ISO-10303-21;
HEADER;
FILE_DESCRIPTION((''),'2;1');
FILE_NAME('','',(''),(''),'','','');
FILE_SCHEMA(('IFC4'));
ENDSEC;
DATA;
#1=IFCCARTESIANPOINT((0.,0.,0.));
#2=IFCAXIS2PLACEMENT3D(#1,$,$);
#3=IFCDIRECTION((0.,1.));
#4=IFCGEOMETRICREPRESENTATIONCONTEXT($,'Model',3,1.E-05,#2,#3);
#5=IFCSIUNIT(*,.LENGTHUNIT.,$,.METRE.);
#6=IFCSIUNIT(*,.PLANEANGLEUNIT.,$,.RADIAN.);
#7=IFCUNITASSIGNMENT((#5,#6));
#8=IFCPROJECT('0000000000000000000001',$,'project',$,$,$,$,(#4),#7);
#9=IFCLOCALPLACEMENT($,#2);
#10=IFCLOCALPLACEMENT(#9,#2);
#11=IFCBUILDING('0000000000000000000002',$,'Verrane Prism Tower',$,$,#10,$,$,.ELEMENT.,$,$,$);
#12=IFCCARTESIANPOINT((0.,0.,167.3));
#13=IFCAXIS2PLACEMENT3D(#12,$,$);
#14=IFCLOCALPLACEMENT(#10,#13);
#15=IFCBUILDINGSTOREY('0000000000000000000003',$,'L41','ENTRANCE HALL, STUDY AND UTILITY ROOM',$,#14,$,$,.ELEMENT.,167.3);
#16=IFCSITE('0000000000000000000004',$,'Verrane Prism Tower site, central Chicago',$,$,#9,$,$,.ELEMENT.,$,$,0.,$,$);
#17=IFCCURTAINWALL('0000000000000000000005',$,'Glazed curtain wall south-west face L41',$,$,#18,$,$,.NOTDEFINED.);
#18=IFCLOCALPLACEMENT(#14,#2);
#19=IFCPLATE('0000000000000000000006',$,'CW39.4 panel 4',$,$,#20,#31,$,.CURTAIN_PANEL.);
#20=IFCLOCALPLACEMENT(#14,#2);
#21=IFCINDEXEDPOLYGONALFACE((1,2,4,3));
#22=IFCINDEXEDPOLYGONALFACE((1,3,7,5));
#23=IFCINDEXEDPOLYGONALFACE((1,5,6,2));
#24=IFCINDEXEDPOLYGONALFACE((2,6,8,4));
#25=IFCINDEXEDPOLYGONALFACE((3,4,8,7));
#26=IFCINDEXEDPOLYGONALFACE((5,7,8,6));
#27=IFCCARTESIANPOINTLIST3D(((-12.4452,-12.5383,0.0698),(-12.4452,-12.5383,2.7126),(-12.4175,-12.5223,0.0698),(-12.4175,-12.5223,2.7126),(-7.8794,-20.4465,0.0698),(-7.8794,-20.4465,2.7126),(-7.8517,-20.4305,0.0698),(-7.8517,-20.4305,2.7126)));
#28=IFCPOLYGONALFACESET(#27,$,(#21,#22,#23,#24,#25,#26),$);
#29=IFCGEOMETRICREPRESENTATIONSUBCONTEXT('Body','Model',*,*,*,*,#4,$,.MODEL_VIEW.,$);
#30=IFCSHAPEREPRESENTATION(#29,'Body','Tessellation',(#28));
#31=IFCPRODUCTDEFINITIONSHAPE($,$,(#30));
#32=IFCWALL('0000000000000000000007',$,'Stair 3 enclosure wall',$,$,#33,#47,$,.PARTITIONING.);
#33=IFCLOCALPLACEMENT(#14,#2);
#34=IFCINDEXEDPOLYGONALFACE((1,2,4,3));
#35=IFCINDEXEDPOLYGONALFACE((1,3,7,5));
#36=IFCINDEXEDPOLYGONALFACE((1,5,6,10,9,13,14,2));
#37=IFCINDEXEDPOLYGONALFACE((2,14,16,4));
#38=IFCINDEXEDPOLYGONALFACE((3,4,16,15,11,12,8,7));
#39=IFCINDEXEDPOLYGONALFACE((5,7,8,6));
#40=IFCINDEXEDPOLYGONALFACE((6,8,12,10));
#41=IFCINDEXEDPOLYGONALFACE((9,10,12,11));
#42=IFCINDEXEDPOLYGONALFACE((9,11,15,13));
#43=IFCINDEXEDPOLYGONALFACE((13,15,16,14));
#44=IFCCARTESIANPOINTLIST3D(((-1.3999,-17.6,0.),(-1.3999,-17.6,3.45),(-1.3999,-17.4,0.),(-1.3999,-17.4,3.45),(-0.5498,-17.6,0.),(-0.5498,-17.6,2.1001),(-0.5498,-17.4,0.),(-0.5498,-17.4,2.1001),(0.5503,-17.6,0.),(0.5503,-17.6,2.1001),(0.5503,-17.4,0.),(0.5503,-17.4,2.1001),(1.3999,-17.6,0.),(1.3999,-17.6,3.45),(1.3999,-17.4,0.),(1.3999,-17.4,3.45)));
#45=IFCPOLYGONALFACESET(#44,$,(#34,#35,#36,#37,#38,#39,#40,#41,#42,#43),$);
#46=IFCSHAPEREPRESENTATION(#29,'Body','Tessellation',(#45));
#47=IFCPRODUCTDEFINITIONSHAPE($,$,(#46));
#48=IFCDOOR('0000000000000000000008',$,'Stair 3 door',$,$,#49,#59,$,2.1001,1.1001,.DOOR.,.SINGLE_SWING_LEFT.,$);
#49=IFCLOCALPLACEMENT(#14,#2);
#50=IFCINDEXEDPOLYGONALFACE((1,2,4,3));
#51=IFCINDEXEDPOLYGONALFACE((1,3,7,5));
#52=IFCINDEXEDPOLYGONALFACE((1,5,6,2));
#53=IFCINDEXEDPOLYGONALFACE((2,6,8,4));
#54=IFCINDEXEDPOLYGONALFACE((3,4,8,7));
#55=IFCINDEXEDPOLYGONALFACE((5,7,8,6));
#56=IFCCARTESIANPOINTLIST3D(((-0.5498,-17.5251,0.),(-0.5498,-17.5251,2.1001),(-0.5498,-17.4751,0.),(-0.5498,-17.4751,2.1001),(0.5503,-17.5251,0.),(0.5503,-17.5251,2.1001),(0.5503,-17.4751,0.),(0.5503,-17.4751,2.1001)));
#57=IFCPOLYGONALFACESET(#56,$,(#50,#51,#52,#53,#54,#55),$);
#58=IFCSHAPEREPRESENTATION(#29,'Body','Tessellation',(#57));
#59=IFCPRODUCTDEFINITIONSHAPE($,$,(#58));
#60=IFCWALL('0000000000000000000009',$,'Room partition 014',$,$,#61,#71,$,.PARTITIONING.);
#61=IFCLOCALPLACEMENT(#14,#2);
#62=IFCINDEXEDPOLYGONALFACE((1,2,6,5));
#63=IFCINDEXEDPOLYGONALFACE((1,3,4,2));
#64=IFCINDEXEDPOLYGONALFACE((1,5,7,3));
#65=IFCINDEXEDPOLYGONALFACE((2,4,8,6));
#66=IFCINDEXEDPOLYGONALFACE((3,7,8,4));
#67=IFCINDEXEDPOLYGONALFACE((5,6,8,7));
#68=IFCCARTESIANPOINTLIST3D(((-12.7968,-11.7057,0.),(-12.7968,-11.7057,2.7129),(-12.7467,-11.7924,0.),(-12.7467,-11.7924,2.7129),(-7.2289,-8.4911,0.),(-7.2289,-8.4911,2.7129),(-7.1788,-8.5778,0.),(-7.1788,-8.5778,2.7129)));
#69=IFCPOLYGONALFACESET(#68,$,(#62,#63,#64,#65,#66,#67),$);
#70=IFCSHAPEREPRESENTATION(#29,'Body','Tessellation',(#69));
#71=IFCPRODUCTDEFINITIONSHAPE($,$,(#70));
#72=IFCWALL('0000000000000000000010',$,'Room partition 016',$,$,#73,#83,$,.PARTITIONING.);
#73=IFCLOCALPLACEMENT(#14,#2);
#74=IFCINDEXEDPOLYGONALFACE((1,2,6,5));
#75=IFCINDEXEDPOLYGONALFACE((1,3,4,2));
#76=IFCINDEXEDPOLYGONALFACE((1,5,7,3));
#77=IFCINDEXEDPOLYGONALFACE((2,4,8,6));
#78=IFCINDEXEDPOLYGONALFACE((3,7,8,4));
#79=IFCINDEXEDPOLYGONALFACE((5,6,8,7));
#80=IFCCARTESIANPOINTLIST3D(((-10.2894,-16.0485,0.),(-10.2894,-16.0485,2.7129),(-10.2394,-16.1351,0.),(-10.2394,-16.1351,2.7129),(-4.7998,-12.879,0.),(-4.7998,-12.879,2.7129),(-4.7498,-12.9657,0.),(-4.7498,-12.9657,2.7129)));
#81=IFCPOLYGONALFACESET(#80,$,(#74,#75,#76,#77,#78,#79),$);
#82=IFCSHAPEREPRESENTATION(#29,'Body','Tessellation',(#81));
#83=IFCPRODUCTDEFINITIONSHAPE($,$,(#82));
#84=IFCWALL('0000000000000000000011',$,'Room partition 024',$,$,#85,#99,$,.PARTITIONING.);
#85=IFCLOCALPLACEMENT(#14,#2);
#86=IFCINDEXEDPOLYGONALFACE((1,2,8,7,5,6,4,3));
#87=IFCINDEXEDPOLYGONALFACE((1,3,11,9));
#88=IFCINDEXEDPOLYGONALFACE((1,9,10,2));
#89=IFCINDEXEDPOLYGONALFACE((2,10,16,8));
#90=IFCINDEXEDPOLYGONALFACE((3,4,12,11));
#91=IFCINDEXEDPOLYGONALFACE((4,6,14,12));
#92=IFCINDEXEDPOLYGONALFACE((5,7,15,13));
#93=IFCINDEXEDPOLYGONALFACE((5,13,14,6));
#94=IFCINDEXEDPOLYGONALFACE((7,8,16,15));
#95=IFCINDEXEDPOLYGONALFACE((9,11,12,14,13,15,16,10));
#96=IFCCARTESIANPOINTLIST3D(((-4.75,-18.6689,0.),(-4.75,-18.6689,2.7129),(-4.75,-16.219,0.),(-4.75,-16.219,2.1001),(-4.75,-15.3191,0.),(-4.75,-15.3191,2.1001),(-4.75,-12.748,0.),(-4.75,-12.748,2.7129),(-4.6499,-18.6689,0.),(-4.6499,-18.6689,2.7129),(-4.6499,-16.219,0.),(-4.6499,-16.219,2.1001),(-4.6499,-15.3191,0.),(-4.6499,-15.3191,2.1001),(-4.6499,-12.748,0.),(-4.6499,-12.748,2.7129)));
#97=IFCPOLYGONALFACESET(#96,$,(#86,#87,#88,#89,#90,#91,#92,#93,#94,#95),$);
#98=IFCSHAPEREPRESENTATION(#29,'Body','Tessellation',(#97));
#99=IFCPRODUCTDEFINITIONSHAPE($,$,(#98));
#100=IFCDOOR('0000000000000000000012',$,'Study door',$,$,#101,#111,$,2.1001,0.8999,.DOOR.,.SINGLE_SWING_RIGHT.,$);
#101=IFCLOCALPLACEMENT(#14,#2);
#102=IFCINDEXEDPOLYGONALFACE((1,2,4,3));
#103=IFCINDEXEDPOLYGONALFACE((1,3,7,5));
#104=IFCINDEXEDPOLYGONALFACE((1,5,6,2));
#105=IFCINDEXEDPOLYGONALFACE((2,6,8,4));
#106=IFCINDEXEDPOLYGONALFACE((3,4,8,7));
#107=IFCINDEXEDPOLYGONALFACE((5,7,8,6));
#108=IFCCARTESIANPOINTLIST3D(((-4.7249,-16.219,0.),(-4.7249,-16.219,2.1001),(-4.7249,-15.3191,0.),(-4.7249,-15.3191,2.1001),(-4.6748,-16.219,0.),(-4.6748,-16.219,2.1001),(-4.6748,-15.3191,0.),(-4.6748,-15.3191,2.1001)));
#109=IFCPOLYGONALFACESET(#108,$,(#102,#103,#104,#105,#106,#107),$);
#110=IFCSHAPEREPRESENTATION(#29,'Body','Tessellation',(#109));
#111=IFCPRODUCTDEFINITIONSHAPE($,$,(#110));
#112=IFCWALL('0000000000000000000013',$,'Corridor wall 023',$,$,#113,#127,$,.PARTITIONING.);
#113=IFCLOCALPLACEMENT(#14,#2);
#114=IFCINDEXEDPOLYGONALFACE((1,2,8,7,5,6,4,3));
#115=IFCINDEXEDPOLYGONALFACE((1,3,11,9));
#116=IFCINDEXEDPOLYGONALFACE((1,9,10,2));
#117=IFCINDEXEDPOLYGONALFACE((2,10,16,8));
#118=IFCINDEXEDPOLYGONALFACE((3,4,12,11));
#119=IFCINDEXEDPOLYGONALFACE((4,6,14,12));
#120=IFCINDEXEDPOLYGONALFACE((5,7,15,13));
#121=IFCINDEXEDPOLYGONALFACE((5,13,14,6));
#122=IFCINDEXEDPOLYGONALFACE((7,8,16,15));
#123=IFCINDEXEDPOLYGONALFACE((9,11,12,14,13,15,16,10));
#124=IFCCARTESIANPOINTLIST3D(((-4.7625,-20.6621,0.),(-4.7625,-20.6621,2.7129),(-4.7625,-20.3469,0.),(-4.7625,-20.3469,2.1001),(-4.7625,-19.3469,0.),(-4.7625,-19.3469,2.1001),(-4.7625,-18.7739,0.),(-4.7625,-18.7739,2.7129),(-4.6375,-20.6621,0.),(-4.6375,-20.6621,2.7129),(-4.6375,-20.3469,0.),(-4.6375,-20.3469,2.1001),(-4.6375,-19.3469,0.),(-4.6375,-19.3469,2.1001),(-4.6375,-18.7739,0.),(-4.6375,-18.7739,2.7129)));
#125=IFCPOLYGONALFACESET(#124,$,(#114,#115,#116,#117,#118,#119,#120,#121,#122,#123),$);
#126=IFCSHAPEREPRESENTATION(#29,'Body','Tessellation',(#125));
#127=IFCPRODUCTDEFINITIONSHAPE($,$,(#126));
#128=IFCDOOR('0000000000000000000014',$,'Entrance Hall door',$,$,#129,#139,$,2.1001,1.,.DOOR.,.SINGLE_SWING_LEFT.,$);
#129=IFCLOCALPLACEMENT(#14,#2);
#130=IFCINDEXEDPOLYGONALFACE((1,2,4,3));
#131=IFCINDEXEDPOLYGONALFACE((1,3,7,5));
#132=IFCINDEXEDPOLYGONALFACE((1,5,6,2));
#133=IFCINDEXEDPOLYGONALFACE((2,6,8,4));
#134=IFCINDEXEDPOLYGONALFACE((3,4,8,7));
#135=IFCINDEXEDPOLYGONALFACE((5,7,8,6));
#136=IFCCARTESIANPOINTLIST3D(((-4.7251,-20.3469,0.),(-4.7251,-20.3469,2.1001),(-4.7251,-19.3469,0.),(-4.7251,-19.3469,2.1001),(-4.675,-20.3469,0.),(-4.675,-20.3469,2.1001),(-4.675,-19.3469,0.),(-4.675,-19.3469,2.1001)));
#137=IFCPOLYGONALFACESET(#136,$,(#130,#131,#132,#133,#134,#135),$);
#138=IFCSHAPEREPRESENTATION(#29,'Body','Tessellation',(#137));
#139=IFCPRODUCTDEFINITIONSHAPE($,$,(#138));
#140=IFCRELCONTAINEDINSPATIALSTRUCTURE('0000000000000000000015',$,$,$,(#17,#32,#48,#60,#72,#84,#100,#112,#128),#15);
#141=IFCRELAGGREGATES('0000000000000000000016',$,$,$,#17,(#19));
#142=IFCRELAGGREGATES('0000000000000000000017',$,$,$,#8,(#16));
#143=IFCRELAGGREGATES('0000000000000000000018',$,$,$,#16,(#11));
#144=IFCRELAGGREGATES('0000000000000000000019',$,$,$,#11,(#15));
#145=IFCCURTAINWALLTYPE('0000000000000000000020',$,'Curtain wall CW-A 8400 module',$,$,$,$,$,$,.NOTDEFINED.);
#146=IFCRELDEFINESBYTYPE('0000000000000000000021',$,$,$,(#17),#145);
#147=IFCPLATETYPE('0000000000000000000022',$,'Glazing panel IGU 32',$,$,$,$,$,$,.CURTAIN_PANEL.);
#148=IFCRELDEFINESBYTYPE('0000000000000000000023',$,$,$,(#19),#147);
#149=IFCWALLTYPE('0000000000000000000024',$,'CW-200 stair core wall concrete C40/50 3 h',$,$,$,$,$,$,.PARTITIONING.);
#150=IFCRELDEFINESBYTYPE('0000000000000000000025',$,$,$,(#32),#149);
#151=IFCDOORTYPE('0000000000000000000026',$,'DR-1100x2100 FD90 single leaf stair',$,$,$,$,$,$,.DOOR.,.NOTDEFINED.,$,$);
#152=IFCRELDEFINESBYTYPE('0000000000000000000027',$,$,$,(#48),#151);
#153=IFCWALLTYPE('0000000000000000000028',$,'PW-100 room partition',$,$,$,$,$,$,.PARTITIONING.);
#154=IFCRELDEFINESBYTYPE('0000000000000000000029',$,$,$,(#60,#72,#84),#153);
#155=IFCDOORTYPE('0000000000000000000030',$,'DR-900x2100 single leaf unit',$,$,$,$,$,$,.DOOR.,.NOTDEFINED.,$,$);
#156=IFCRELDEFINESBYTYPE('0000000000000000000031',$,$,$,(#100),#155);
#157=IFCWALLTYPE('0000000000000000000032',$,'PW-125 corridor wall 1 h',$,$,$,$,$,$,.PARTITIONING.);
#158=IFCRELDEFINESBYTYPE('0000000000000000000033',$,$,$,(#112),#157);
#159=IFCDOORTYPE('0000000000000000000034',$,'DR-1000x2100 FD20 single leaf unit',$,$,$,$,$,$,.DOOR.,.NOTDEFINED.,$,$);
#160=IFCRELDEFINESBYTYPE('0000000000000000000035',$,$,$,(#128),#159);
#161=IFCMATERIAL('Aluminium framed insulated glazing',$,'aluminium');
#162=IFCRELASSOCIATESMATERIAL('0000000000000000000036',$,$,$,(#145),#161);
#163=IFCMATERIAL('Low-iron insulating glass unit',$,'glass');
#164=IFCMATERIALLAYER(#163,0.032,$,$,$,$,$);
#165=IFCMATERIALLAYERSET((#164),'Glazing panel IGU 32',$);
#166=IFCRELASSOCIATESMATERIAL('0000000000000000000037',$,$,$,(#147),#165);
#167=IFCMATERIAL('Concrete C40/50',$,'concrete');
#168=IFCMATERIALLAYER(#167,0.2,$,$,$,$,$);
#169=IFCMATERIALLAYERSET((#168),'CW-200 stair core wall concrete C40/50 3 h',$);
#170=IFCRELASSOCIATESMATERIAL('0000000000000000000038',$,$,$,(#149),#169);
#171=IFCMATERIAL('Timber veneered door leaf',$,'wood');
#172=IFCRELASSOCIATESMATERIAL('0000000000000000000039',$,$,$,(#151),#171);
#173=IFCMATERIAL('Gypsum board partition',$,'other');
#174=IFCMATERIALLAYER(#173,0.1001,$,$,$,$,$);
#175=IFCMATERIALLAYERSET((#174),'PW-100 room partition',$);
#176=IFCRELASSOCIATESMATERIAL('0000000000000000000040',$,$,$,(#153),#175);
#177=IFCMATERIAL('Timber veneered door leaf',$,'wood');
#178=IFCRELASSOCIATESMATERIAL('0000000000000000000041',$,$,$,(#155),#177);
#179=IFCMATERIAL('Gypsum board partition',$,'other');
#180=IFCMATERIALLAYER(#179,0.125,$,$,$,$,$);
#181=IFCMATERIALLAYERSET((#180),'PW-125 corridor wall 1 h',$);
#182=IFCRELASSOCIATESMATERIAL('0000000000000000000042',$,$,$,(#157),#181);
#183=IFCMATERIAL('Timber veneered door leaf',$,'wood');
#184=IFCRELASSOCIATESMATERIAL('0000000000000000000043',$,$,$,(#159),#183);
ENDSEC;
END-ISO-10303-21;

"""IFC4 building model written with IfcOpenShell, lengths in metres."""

from ifc_helpers import new_model, si_unit, direction, frame, frame_2d, origin, origin_2d, place, context, subcontext, project, spatial, rectangle, extrude, material, layer, layer_set, type_object, element, fill, aggregate, save


model = new_model("IFC4")

# Units and contexts
model_context = context("Model", 3, precision=1e-05, world=origin(), true_north=direction((0.0, 1.0)))
body_context = subcontext(model_context, "Body", "Model", "MODEL_VIEW")
ifc_project = project(units=[si_unit("LENGTHUNIT", "METRE"), si_unit("PLANEANGLEUNIT", "RADIAN")], contexts=[model_context])

# Site, building, storey
site_placement = place(None, origin())
site = spatial("IfcSite", under=ifc_project, at=site_placement, Name="Verrane Prism Tower site, central Chicago", CompositionType="ELEMENT", RefElevation=0.0)
building_placement = place(site_placement, origin())
building = spatial("IfcBuilding", under=site, at=building_placement, Name="Verrane Prism Tower", CompositionType="ELEMENT")
storey_placement = place(building_placement, frame((0.0, 0.0, 167.3)))
storey = spatial("IfcBuildingStorey", under=building, at=storey_placement, Name="L41", Description="ENTRANCE HALL, STUDY AND UTILITY ROOM", CompositionType="ELEMENT", Elevation=167.3)

# Curtain wall
ifc_material_1 = material(Name="Aluminium framed insulated glazing", Category="aluminium")
curtain_wall_type = type_object("IfcCurtainWallType", Name="Curtain wall CW-A 8400 module", PredefinedType="NOTDEFINED", material=ifc_material_1)
curtain_wall_placement = place(storey_placement, origin())
curtain_wall = element("IfcCurtainWall", 1, at=curtain_wall_placement, inside=storey, type_object=curtain_wall_type, Name="Glazed curtain wall south-west face L41", PredefinedType="NOTDEFINED")

# Plate
ifc_material_2 = material(Name="Low-iron insulating glass unit", Category="glass")
ifc_layer_1 = layer(ifc_material_2, 0.032)
ifc_layer_set_1 = layer_set([ifc_layer_1], Name="Glazing panel IGU 32")
plate_type = type_object("IfcPlateType", Name="Glazing panel IGU 32", PredefinedType="CURTAIN_PANEL", material=ifc_layer_set_1)
plate_placement = place(storey_placement, frame((-10.1484, -16.4844, 0.0698), z_axis=(0.0, 0.0, 1.0), x_axis=(0.499999, -0.866026, 0.0)))
plate = element("IfcPlate", 2, at=plate_placement, type_object=plate_type, Name="CW39.4 panel 4", PredefinedType="CURTAIN_PANEL", context=body_context, shape_type="SweptSolid", body=[
    extrude(rectangle(XDim=9.1316, YDim=0.032, at=origin_2d()), origin(), (0.0, 0.0, 1.0), 2.6428),
])
aggregate(curtain_wall, [plate])

# Wall, opening, door
ifc_material_3 = material(Name="Concrete C40/50", Category="concrete")
ifc_layer_2 = layer(ifc_material_3, 0.2)
ifc_layer_set_2 = layer_set([ifc_layer_2], Name="CW-200 stair core wall concrete C40/50 3 h")
wall_type_1 = type_object("IfcWallType", Name="CW-200 stair core wall concrete C40/50 3 h", PredefinedType="PARTITIONING", material=ifc_layer_set_2)
wall_1_placement = place(storey_placement, frame((-1.3999, -17.5, 0.0), z_axis=(0.0, 0.0, 1.0), x_axis=(1.0, 0.0, 0.0)))
wall_1 = element("IfcWall", 3, at=wall_1_placement, inside=storey, type_object=wall_type_1, Name="Stair 3 enclosure wall", PredefinedType="PARTITIONING", context=body_context, shape_type="SweptSolid", body=[
    extrude(rectangle(XDim=2.7998, YDim=0.2, at=frame_2d((1.3999, 0.0))), origin(), (0.0, 0.0, 1.0), 3.45),
])
opening_1_placement = place(wall_1_placement, frame((0.8501, 0.0, 0.0)))
opening_1 = element("IfcOpeningElement", 4, at=opening_1_placement, cuts=wall_1, PredefinedType="OPENING", context=body_context, shape_type="SweptSolid", body=[
    extrude(rectangle(XDim=1.1001, YDim=2.1001, at=frame_2d((0.55, 1.05))), frame((0.0, 0.1099, 0.0), z_axis=(0.0, -1.0, 0.0), x_axis=(1.0, 0.0, 0.0)), (0.0, 0.0, 1.0), 0.22),
])
ifc_material_4 = material(Name="Timber veneered door leaf", Category="wood")
door_type_1 = type_object("IfcDoorType", Name="DR-1100x2100 FD90 single leaf stair", OperationType="NOTDEFINED", PredefinedType="DOOR", material=ifc_material_4)
door_1_placement = place(opening_1_placement, origin())
door_1 = element("IfcDoor", 5, at=door_1_placement, inside=storey, type_object=door_type_1, Name="Stair 3 door", OperationType="SINGLE_SWING_LEFT", OverallHeight=2.1001, OverallWidth=1.1001, PredefinedType="DOOR", context=body_context, shape_type="SweptSolid", body=[
    extrude(rectangle(XDim=1.1001, YDim=2.1001, at=frame_2d((0.55, 1.05))), frame((0.0, 0.0249, 0.0), z_axis=(0.0, -1.0, 0.0), x_axis=(1.0, 0.0, 0.0)), (0.0, 0.0, 1.0), 0.05),
])
fill(opening_1, door_1)

# Walls
ifc_material_5 = material(Name="Gypsum board partition", Category="other")
ifc_layer_3 = layer(ifc_material_5, 0.1001)
ifc_layer_set_3 = layer_set([ifc_layer_3], Name="PW-100 room partition")
wall_type_2 = type_object("IfcWallType", Name="PW-100 room partition", PredefinedType="PARTITIONING", material=ifc_layer_set_3)
wall_2_placement = place(storey_placement, frame((-12.7717, -11.749, 0.0), z_axis=(0.0, 0.0, 1.0), x_axis=(0.866026, 0.499999, 0.0)))
element("IfcWall", 6, at=wall_2_placement, inside=storey, type_object=wall_type_2, Name="Room partition 014", PredefinedType="PARTITIONING", context=body_context, shape_type="SweptSolid", body=[
    extrude(rectangle(XDim=6.4292, YDim=0.1001, at=frame_2d((3.2146, 0.0))), origin(), (0.0, 0.0, 1.0), 2.7129),
])
wall_3_placement = place(storey_placement, frame((-10.2644, -16.0918, 0.0), z_axis=(0.0, 0.0, 1.0), x_axis=(0.866021, 0.500008, 0.0)))
element("IfcWall", 7, at=wall_3_placement, inside=storey, type_object=wall_type_2, Name="Room partition 016", PredefinedType="PARTITIONING", context=body_context, shape_type="SweptSolid", body=[
    extrude(rectangle(XDim=6.3389, YDim=0.1001, at=frame_2d((3.1694, 0.0))), origin(), (0.0, 0.0, 1.0), 2.7129),
])

# Walls, openings, doors
wall_4_placement = place(storey_placement, frame((-4.7, -18.6689, 0.0), z_axis=(0.0, 0.0, 1.0), x_axis=(0.0, 1.0, 0.0)))
wall_4 = element("IfcWall", 8, at=wall_4_placement, inside=storey, type_object=wall_type_2, Name="Room partition 024", PredefinedType="PARTITIONING", context=body_context, shape_type="SweptSolid", body=[
    extrude(rectangle(XDim=5.9209, YDim=0.1001, at=frame_2d((2.9604, 0.0))), origin(), (0.0, 0.0, 1.0), 2.7129),
])
opening_2_placement = place(wall_4_placement, frame((2.45, 0.0, 0.0)))
opening_2 = element("IfcOpeningElement", 9, at=opening_2_placement, cuts=wall_4, PredefinedType="OPENING", context=body_context, shape_type="SweptSolid", body=[
    extrude(rectangle(XDim=0.8999, YDim=2.1001, at=frame_2d((0.45, 1.05))), frame((0.0, 0.0601, 0.0), z_axis=(0.0, -1.0, 0.0), x_axis=(1.0, 0.0, 0.0)), (0.0, 0.0, 1.0), 0.1201),
])
ifc_material_6 = material(Name="Timber veneered door leaf", Category="wood")
door_type_2 = type_object("IfcDoorType", Name="DR-900x2100 single leaf unit", OperationType="NOTDEFINED", PredefinedType="DOOR", material=ifc_material_6)
door_2_placement = place(opening_2_placement, origin())
door_2 = element("IfcDoor", 10, at=door_2_placement, inside=storey, type_object=door_type_2, Name="Study door", OperationType="SINGLE_SWING_RIGHT", OverallHeight=2.1001, OverallWidth=0.8999, PredefinedType="DOOR", context=body_context, shape_type="SweptSolid", body=[
    extrude(rectangle(XDim=0.8999, YDim=2.1001, at=frame_2d((0.45, 1.05))), frame((0.0, 0.0249, 0.0), z_axis=(0.0, -1.0, 0.0), x_axis=(1.0, 0.0, 0.0)), (0.0, 0.0, 1.0), 0.05),
])
fill(opening_2, door_2)
ifc_material_7 = material(Name="Gypsum board partition", Category="other")
ifc_layer_4 = layer(ifc_material_7, 0.125)
ifc_layer_set_4 = layer_set([ifc_layer_4], Name="PW-125 corridor wall 1 h")
wall_type_3 = type_object("IfcWallType", Name="PW-125 corridor wall 1 h", PredefinedType="PARTITIONING", material=ifc_layer_set_4)
wall_5_placement = place(storey_placement, frame((-4.7, -18.7739, 0.0), z_axis=(0.0, 0.0, 1.0), x_axis=(0.0, -1.0, 0.0)))
wall_5 = element("IfcWall", 11, at=wall_5_placement, inside=storey, type_object=wall_type_3, Name="Corridor wall 023", PredefinedType="PARTITIONING", context=body_context, shape_type="SweptSolid", body=[
    extrude(rectangle(XDim=1.8882, YDim=0.125, at=frame_2d((0.9441, 0.0))), origin(), (0.0, 0.0, 1.0), 2.7129),
])
opening_3_placement = place(wall_5_placement, frame((0.573, 0.0, 0.0)))
opening_3 = element("IfcOpeningElement", 12, at=opening_3_placement, cuts=wall_5, PredefinedType="OPENING", context=body_context, shape_type="SweptSolid", body=[
    extrude(rectangle(XDim=1.0, YDim=2.1001, at=frame_2d((0.5, 1.05))), frame((0.0, 0.0725, 0.0), z_axis=(0.0, -1.0, 0.0), x_axis=(1.0, 0.0, 0.0)), (0.0, 0.0, 1.0), 0.145),
])
ifc_material_8 = material(Name="Timber veneered door leaf", Category="wood")
door_type_3 = type_object("IfcDoorType", Name="DR-1000x2100 FD20 single leaf unit", OperationType="NOTDEFINED", PredefinedType="DOOR", material=ifc_material_8)
door_3_placement = place(opening_3_placement, origin())
door_3 = element("IfcDoor", 13, at=door_3_placement, inside=storey, type_object=door_type_3, Name="Entrance Hall door", OperationType="SINGLE_SWING_LEFT", OverallHeight=2.1001, OverallWidth=1.0, PredefinedType="DOOR", context=body_context, shape_type="SweptSolid", body=[
    extrude(rectangle(XDim=1.0, YDim=2.1001, at=frame_2d((0.5, 1.05))), frame((0.0, 0.0249, 0.0), z_axis=(0.0, -1.0, 0.0), x_axis=(1.0, 0.0, 0.0)), (0.0, 0.0, 1.0), 0.05),
])
fill(opening_3, door_3)

save(model, "model.ifc")
